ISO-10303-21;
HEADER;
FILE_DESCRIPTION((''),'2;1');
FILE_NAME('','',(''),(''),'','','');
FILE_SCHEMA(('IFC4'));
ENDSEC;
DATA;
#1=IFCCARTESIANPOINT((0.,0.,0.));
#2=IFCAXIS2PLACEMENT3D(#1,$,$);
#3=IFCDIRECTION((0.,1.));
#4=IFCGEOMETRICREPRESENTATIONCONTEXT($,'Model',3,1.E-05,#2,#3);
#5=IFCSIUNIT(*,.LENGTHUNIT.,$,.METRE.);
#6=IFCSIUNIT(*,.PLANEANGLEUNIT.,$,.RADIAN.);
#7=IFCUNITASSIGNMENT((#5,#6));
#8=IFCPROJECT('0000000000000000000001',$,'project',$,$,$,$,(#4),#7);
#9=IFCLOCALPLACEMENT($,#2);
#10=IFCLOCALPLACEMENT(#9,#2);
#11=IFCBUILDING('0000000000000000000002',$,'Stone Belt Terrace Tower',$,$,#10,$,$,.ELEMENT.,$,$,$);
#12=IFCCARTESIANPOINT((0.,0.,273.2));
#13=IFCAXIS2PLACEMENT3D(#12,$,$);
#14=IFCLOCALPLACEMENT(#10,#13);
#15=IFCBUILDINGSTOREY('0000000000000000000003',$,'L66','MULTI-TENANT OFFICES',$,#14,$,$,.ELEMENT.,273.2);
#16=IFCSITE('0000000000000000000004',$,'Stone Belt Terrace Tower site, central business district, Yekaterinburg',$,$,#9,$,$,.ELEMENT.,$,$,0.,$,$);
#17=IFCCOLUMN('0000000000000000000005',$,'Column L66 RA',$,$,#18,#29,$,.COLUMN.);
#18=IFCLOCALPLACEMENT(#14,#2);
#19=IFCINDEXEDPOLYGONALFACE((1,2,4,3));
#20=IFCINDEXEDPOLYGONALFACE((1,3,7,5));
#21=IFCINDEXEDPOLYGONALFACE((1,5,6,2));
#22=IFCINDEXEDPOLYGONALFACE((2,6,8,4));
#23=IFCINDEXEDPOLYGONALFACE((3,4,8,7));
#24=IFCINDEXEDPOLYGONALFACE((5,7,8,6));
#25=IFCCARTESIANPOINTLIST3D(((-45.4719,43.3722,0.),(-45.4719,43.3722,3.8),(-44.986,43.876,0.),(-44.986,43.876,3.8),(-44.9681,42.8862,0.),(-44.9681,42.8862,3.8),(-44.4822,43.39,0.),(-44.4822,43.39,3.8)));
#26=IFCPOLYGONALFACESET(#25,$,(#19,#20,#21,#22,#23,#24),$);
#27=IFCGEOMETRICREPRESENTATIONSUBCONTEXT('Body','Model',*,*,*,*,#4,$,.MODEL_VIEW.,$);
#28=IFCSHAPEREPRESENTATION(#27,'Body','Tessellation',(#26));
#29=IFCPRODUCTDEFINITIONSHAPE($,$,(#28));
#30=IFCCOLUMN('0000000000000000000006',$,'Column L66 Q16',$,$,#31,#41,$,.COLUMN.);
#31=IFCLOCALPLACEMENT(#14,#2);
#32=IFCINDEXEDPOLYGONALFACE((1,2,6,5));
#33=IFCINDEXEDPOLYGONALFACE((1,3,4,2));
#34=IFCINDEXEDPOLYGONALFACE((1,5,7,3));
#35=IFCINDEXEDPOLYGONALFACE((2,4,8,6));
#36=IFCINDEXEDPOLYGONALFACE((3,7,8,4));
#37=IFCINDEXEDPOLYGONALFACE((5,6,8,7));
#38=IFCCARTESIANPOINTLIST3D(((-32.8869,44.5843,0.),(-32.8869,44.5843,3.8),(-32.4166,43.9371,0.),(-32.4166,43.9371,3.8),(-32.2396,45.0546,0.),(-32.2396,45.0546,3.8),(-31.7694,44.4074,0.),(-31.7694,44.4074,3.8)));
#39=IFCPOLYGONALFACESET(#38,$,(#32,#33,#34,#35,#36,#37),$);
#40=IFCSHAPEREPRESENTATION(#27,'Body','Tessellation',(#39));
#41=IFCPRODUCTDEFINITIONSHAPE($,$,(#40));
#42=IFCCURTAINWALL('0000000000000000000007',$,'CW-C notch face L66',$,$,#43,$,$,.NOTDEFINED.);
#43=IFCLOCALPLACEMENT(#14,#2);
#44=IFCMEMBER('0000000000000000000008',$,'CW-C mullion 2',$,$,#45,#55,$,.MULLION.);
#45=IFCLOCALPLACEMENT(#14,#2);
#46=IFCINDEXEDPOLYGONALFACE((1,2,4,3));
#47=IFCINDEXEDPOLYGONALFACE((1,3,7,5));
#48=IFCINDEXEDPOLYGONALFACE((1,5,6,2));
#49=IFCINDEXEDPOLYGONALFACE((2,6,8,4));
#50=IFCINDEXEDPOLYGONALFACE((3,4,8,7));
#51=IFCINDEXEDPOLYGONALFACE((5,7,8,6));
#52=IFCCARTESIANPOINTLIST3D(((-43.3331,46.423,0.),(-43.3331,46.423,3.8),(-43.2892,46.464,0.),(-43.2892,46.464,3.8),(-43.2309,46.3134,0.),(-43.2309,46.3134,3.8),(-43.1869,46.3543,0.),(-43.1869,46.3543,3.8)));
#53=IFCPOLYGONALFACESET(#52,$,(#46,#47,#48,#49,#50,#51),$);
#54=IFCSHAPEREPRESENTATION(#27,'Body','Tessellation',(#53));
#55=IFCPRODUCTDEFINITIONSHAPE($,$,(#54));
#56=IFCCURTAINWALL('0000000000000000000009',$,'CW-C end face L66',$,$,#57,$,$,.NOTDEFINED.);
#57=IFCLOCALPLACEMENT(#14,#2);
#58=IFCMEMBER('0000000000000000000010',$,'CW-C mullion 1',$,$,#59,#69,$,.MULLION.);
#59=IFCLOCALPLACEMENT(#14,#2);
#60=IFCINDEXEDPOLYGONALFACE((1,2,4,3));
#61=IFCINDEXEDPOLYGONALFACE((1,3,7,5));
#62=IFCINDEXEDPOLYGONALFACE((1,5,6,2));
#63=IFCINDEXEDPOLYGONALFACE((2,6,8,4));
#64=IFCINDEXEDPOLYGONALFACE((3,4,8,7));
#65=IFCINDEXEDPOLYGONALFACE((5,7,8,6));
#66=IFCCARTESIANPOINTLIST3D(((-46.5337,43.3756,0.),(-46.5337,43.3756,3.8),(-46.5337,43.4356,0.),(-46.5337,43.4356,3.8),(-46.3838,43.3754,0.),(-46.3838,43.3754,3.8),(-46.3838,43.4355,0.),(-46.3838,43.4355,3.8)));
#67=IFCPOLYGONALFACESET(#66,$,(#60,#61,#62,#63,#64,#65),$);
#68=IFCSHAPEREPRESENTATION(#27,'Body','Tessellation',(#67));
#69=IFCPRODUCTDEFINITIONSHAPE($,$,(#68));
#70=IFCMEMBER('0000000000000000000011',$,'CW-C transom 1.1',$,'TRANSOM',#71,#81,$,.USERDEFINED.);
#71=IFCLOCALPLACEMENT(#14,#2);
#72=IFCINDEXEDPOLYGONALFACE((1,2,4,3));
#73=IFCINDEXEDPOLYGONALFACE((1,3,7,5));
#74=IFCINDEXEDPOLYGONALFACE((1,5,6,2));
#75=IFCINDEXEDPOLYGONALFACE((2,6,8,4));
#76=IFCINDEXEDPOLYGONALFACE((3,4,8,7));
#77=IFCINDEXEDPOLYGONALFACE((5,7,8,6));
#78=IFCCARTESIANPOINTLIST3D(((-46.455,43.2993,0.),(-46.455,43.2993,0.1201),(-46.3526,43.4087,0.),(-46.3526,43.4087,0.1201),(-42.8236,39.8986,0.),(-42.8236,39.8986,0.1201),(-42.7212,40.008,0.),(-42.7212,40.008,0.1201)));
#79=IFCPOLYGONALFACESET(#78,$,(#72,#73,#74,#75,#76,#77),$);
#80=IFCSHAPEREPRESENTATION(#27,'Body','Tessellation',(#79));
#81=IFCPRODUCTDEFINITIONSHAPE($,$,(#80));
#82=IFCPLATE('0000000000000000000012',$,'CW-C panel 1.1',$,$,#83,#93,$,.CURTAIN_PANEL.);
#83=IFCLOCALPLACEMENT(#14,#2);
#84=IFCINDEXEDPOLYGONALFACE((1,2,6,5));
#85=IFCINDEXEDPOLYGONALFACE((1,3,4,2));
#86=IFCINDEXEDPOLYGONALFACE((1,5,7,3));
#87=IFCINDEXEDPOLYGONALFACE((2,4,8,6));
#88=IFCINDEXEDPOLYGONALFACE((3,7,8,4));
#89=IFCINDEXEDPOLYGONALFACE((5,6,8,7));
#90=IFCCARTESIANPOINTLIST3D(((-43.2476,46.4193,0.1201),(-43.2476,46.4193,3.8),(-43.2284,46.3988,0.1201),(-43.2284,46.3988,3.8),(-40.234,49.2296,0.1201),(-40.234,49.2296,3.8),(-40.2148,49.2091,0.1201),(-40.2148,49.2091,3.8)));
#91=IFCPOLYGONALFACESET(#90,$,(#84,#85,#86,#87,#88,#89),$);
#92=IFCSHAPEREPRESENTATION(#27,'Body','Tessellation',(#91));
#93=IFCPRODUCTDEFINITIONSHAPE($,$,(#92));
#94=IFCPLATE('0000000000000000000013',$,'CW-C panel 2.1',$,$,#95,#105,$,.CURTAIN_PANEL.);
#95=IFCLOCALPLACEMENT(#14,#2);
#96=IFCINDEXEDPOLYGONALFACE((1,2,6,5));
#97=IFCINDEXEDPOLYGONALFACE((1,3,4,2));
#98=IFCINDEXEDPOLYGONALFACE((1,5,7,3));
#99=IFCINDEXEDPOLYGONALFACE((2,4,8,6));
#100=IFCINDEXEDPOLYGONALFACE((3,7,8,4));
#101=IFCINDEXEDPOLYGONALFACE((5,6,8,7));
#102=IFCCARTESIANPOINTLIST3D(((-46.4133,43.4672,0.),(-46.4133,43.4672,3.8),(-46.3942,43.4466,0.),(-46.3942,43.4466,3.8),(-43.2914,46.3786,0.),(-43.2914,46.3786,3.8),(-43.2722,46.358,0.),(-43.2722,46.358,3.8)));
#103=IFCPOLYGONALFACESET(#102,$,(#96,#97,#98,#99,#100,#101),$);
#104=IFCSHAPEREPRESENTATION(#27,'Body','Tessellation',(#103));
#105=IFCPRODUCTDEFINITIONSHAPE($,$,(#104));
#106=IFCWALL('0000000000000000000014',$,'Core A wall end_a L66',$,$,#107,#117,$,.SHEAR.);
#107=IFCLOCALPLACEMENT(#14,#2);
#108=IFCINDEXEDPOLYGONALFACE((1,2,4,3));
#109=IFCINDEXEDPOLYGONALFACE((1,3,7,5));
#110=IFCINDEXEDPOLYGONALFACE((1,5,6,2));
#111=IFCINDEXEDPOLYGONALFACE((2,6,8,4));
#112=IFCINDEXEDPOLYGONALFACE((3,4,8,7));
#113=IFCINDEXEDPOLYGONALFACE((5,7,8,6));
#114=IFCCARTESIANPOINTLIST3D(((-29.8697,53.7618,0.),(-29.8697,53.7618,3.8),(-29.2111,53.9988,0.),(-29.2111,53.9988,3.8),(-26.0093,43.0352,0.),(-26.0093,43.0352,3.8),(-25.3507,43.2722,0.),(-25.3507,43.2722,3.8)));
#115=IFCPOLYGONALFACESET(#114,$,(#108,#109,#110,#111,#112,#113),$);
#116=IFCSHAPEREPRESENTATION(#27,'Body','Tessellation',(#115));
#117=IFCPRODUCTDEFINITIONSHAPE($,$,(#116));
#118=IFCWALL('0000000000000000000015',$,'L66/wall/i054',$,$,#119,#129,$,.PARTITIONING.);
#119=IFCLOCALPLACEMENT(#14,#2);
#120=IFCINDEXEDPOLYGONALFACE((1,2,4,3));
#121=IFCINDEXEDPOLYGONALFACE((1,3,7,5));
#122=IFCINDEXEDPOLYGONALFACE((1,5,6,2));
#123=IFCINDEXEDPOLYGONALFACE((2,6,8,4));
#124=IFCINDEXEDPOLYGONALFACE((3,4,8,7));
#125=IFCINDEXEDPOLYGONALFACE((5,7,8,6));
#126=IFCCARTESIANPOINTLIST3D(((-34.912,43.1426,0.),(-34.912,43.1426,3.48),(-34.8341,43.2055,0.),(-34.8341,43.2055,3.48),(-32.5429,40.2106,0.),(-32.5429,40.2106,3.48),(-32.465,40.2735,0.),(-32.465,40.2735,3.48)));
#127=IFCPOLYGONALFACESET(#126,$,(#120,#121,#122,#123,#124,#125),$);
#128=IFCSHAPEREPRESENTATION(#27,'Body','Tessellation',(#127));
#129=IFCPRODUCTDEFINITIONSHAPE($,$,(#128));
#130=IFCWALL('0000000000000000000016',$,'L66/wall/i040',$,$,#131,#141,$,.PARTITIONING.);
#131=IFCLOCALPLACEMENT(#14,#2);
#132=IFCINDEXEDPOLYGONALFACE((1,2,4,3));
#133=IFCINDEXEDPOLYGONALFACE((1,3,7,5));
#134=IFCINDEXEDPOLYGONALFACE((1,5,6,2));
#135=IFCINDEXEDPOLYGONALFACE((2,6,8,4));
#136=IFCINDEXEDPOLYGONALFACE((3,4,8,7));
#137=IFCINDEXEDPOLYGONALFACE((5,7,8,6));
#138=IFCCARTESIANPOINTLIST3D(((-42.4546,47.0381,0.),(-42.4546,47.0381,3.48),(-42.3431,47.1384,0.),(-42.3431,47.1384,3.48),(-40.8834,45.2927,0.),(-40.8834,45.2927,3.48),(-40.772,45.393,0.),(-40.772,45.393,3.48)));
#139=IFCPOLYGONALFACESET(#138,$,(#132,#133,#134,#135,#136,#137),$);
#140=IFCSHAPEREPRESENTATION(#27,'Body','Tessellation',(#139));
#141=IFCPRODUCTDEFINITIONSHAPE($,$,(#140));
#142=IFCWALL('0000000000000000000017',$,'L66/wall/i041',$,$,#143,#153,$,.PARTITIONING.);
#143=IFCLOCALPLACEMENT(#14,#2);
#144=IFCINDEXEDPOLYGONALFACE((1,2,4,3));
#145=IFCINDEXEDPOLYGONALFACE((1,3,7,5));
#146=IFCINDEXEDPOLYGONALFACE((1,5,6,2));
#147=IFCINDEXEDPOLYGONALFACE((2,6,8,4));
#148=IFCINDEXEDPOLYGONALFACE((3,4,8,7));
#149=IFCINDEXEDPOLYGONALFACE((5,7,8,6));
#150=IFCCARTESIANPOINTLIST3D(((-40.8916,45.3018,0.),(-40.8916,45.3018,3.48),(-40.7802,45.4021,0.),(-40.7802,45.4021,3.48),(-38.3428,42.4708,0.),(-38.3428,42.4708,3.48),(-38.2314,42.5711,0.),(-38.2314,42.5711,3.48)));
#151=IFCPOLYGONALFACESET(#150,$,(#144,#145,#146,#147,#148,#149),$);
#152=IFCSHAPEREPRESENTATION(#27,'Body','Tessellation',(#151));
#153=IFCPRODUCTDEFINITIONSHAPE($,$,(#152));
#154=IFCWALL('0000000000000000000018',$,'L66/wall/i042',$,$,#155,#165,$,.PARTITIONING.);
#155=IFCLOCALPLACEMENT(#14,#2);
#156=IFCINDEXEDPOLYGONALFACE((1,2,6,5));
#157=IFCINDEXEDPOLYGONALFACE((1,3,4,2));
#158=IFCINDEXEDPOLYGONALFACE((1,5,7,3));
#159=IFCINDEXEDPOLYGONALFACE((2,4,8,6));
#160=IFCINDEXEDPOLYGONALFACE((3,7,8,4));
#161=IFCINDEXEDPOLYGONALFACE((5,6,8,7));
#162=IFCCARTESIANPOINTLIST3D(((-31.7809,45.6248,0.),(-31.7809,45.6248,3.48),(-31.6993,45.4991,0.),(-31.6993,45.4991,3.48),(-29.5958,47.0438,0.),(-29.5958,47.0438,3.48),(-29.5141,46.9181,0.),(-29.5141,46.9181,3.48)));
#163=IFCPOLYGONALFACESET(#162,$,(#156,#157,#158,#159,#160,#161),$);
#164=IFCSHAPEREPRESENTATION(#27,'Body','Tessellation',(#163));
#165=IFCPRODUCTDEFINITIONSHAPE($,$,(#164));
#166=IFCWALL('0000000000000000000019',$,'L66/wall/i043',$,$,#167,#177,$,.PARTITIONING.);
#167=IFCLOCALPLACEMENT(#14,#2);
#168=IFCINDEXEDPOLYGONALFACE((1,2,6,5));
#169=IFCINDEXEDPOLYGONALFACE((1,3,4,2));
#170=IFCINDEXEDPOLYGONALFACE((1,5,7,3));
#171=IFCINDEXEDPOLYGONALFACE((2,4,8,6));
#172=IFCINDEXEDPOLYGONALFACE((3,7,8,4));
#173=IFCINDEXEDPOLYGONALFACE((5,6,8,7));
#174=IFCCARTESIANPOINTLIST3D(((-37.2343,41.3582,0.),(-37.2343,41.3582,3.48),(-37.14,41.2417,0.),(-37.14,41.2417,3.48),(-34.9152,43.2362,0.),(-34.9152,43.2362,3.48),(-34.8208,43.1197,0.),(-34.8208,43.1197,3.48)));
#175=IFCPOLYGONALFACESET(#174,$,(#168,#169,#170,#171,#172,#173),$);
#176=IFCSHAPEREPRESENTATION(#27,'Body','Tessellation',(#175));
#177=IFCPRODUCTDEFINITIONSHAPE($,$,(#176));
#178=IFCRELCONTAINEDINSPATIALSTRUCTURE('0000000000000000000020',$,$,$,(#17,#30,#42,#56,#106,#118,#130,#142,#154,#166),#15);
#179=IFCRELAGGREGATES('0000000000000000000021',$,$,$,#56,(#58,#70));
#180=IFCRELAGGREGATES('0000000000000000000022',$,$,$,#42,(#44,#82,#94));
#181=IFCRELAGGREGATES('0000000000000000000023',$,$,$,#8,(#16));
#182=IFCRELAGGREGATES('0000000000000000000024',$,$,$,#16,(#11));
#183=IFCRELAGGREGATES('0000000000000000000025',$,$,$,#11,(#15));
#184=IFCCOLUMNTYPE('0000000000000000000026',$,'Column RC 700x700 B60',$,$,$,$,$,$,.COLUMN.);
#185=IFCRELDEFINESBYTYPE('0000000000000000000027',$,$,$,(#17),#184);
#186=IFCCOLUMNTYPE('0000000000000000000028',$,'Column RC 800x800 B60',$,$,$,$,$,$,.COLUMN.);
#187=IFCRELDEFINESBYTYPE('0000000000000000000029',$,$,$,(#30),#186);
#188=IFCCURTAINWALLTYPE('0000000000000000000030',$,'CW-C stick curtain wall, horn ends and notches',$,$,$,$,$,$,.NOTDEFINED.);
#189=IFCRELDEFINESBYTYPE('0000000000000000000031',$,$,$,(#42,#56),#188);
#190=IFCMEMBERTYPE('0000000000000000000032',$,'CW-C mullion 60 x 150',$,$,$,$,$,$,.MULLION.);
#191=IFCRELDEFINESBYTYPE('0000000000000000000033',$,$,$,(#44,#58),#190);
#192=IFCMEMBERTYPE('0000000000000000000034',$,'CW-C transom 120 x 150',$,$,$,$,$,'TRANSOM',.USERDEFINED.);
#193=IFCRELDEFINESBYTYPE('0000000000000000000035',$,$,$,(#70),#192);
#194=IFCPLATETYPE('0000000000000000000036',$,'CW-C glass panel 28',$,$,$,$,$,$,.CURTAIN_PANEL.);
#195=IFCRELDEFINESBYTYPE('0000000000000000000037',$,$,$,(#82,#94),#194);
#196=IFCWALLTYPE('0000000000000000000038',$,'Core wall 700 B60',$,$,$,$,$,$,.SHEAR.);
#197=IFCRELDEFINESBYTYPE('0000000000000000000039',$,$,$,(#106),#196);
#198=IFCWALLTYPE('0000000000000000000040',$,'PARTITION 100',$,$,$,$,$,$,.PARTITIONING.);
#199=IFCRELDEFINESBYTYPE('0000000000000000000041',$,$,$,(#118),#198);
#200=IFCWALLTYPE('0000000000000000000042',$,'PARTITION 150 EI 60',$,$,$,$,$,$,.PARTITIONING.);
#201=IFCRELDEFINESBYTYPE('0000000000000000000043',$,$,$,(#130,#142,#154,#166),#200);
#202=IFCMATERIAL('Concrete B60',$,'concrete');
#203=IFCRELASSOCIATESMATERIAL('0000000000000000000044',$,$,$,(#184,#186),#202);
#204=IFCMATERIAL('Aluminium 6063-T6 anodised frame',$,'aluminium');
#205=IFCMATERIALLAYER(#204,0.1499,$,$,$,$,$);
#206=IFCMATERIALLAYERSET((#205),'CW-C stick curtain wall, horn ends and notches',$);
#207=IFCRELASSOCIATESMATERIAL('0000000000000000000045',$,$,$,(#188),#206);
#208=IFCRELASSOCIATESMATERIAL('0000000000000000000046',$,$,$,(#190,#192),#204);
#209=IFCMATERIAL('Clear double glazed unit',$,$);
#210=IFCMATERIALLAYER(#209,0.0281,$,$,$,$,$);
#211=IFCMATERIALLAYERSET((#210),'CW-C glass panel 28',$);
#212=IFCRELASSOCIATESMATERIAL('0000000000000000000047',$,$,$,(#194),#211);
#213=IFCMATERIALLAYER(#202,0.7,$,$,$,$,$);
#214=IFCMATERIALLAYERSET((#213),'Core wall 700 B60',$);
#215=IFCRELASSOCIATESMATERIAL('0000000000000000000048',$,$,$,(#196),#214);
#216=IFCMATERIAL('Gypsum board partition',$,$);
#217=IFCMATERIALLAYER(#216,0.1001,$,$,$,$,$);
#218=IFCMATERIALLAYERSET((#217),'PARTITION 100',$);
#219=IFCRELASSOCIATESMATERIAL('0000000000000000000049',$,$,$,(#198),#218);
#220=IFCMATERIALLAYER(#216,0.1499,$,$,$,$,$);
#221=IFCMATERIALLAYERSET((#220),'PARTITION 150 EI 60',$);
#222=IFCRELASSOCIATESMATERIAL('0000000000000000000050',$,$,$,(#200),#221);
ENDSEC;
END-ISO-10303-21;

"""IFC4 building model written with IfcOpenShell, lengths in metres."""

from ifc_helpers import new_model, si_unit, direction, frame, frame_2d, origin, origin_2d, place, context, subcontext, project, spatial, rectangle, extrude, material, layer, layer_set, material_profile, profile_set, type_object, element, aggregate, save


model = new_model("IFC4")

# Units and contexts
model_context = context("Model", 3, precision=1e-05, world=origin(), true_north=direction((0.0, 1.0)))
body_context = subcontext(model_context, "Body", "Model", "MODEL_VIEW")
ifc_project = project(units=[si_unit("LENGTHUNIT", "METRE"), si_unit("PLANEANGLEUNIT", "RADIAN")], contexts=[model_context])

# Site, building, storey
site_placement = place(None, origin())
site = spatial("IfcSite", under=ifc_project, at=site_placement, Name="Stone Belt Terrace Tower site, central business district, Yekaterinburg", CompositionType="ELEMENT", RefElevation=0.0)
building_placement = place(site_placement, origin())
building = spatial("IfcBuilding", under=site, at=building_placement, Name="Stone Belt Terrace Tower", CompositionType="ELEMENT")
storey_placement = place(building_placement, frame((0.0, 0.0, 273.2)))
storey = spatial("IfcBuildingStorey", under=building, at=storey_placement, Name="L66", Description="MULTI-TENANT OFFICES", CompositionType="ELEMENT", Elevation=273.2)

# Columns
ifc_material_1 = material(Name="Concrete B60", Category="concrete")
ifc_material_profile_1 = material_profile(ifc_material_1, rectangle(XDim=0.7, YDim=0.7, at=origin_2d()), Name="RC 700x700")
ifc_profile_set_1 = profile_set([ifc_material_profile_1], Name="Concrete B60")
column_type_1 = type_object("IfcColumnType", Name="Column RC 700x700 B60", PredefinedType="COLUMN", material=ifc_profile_set_1)
column_1_placement = place(storey_placement, frame((-44.9771, 43.3811, 0.0), z_axis=(0.0, 0.0, 1.0), x_axis=(0.694221, 0.719762, 0.0)))
element("IfcColumn", 1, at=column_1_placement, inside=storey, type_object=column_type_1, Name="Column L66 RA", PredefinedType="COLUMN", context=body_context, shape_type="SweptSolid", body=[
    extrude(rectangle(XDim=0.7, YDim=0.7, at=origin_2d()), origin(), (0.0, 0.0, 1.0), 3.8),
])
ifc_material_profile_2 = material_profile(ifc_material_1, rectangle(XDim=0.8, YDim=0.8, at=origin_2d()), Name="RC 800x800")
ifc_profile_set_2 = profile_set([ifc_material_profile_2], Name="Concrete B60")
column_type_2 = type_object("IfcColumnType", Name="Column RC 800x800 B60", PredefinedType="COLUMN", material=ifc_profile_set_2)
column_2_placement = place(storey_placement, frame((-32.3281, 44.4958, 0.0), z_axis=(0.0, 0.0, 1.0), x_axis=(0.809017, 0.587785, 0.0)))
element("IfcColumn", 2, at=column_2_placement, inside=storey, type_object=column_type_2, Name="Column L66 Q16", PredefinedType="COLUMN", context=body_context, shape_type="SweptSolid", body=[
    extrude(rectangle(XDim=0.8, YDim=0.8, at=origin_2d()), origin(), (0.0, 0.0, 1.0), 3.8),
])

# Curtain wall, member
ifc_material_2 = material(Name="Aluminium 6063-T6 anodised frame", Category="aluminium")
ifc_layer_1 = layer(ifc_material_2, 0.1499)
ifc_layer_set_1 = layer_set([ifc_layer_1], Name="CW-C stick curtain wall, horn ends and notches")
curtain_wall_type = type_object("IfcCurtainWallType", Name="CW-C stick curtain wall, horn ends and notches", PredefinedType="NOTDEFINED", material=ifc_layer_set_1)
curtain_wall_1_placement = place(storey_placement, origin())
curtain_wall_1 = element("IfcCurtainWall", 3, at=curtain_wall_1_placement, inside=storey, type_object=curtain_wall_type, Name="CW-C notch face L66", PredefinedType="NOTDEFINED")
ifc_material_profile_3 = material_profile(ifc_material_2, rectangle(XDim=0.1499, YDim=0.0601, at=origin_2d()), Name="Aluminium 6063-T6 60x150")
ifc_profile_set_3 = profile_set([ifc_material_profile_3], Name="Aluminium 6063-T6 anodised frame")
member_type_1 = type_object("IfcMemberType", Name="CW-C mullion 60 x 150", PredefinedType="MULLION", material=ifc_profile_set_3)
member_1_placement = place(storey_placement, frame((-43.26, 46.3887, 0.0), z_axis=(0.0, 0.0, 1.0), x_axis=(0.682014, -0.731339, 0.0)))
member_1 = element("IfcMember", 4, at=member_1_placement, type_object=member_type_1, Name="CW-C mullion 2", PredefinedType="MULLION", context=body_context, shape_type="SweptSolid", body=[
    extrude(rectangle(XDim=0.1499, YDim=0.0601, at=origin_2d()), origin(), (0.0, 0.0, 1.0), 3.8),
])

# Curtain wall, members
curtain_wall_2_placement = place(storey_placement, origin())
curtain_wall_2 = element("IfcCurtainWall", 5, at=curtain_wall_2_placement, inside=storey, type_object=curtain_wall_type, Name="CW-C end face L66", PredefinedType="NOTDEFINED")
member_2_placement = place(storey_placement, frame((-46.4587, 43.4055, 0.0), z_axis=(0.0, 0.0, 1.0), x_axis=(0.999999, -0.001051, 0.0)))
member_2 = element("IfcMember", 6, at=member_2_placement, type_object=member_type_1, Name="CW-C mullion 1", PredefinedType="MULLION", context=body_context, shape_type="SweptSolid", body=[
    extrude(rectangle(XDim=0.1499, YDim=0.0601, at=origin_2d()), origin(), (0.0, 0.0, 1.0), 3.8),
])
ifc_material_profile_4 = material_profile(ifc_material_2, rectangle(XDim=0.1499, YDim=0.1201, at=origin_2d()), Name="Aluminium 6063-T6 150x120")
ifc_profile_set_4 = profile_set([ifc_material_profile_4], Name="Aluminium 6063-T6 anodised frame")
member_type_2 = type_object("IfcMemberType", Name="CW-C transom 120 x 150", ElementType="TRANSOM", PredefinedType="USERDEFINED", material=ifc_profile_set_4)
member_3_placement = place(storey_placement, frame((-46.4038, 43.354, 0.0601), z_axis=(0.729914, -0.683539, 0.0), x_axis=(0.683539, 0.729914, 0.0)))
member_3 = element("IfcMember", 7, at=member_3_placement, type_object=member_type_2, Name="CW-C transom 1.1", ObjectType="TRANSOM", PredefinedType="USERDEFINED", context=body_context, shape_type="SweptSolid", body=[
    extrude(rectangle(XDim=0.1499, YDim=0.1201, at=origin_2d()), origin(), (0.0, 0.0, 1.0), 4.9751),
])
aggregate(curtain_wall_2, [member_2, member_3])

# Plates
ifc_material_3 = material(Name="Clear double glazed unit")
ifc_layer_2 = layer(ifc_material_3, 0.0281)
ifc_layer_set_2 = layer_set([ifc_layer_2], Name="CW-C glass panel 28")
plate_type = type_object("IfcPlateType", Name="CW-C glass panel 28", PredefinedType="CURTAIN_PANEL", material=ifc_layer_set_2)
plate_1_placement = place(storey_placement, frame((-41.7312, 47.8142, 0.1201), z_axis=(0.0, 0.0, 1.0), x_axis=(-0.731339, -0.682014, 0.0)))
plate_1 = element("IfcPlate", 8, at=plate_1_placement, type_object=plate_type, Name="CW-C panel 1.1", PredefinedType="CURTAIN_PANEL", context=body_context, shape_type="SweptSolid", body=[
    extrude(rectangle(XDim=4.1206, YDim=0.0281, at=origin_2d()), origin(), (0.0, 0.0, 1.0), 3.6799),
])
plate_2_placement = place(storey_placement, frame((-44.8428, 44.9126, 0.0), z_axis=(0.0, 0.0, 1.0), x_axis=(-0.731339, -0.682014, 0.0)))
plate_2 = element("IfcPlate", 9, at=plate_2_placement, type_object=plate_type, Name="CW-C panel 2.1", PredefinedType="CURTAIN_PANEL", context=body_context, shape_type="SweptSolid", body=[
    extrude(rectangle(XDim=4.2688, YDim=0.0281, at=origin_2d()), origin(), (0.0, 0.0, 1.0), 3.8),
])
aggregate(curtain_wall_1, [member_1, plate_1, plate_2])

# Walls
ifc_layer_3 = layer(ifc_material_1, 0.7)
ifc_layer_set_3 = layer_set([ifc_layer_3], Name="Core wall 700 B60")
wall_type_1 = type_object("IfcWallType", Name="Core wall 700 B60", PredefinedType="SHEAR", material=ifc_layer_set_3)
wall_1_placement = place(storey_placement, frame((-25.6799, 43.1536, 0.0), z_axis=(0.0, 0.0, 1.0), x_axis=(-0.338625, 0.940921, 0.0)))
element("IfcWall", 10, at=wall_1_placement, inside=storey, type_object=wall_type_1, Name="Core A wall end_a L66", PredefinedType="SHEAR", context=body_context, shape_type="SweptSolid", body=[
    extrude(rectangle(XDim=11.4001, YDim=0.7, at=frame_2d((5.7002, 0.0))), origin(), (0.0, 0.0, 1.0), 3.8),
])
ifc_material_4 = material(Name="Gypsum board partition")
ifc_layer_4 = layer(ifc_material_4, 0.1001)
ifc_layer_set_4 = layer_set([ifc_layer_4], Name="PARTITION 100")
wall_type_2 = type_object("IfcWallType", Name="PARTITION 100", PredefinedType="PARTITIONING", material=ifc_layer_set_4)
wall_2_placement = place(storey_placement, frame((-34.873, 43.1741, 0.0), z_axis=(0.0, 0.0, 1.0), x_axis=(0.628479, -0.777827, 0.0)))
element("IfcWall", 11, at=wall_2_placement, inside=storey, type_object=wall_type_2, Name="L66/wall/i054", PredefinedType="PARTITIONING", context=body_context, shape_type="SweptSolid", body=[
    extrude(rectangle(XDim=3.7695, YDim=0.1001, at=frame_2d((1.8848, 0.0))), origin(), (0.0, 0.0, 1.0), 3.48),
])
ifc_layer_5 = layer(ifc_material_4, 0.1499)
ifc_layer_set_5 = layer_set([ifc_layer_5], Name="PARTITION 150 EI 60")
wall_type_3 = type_object("IfcWallType", Name="PARTITION 150 EI 60", PredefinedType="PARTITIONING", material=ifc_layer_set_5)
wall_3_placement = place(storey_placement, frame((-42.3989, 47.0884, 0.0), z_axis=(0.0, 0.0, 1.0), x_axis=(0.669016, -0.743248, 0.0)))
element("IfcWall", 12, at=wall_3_placement, inside=storey, type_object=wall_type_3, Name="L66/wall/i040", PredefinedType="PARTITIONING", context=body_context, shape_type="SweptSolid", body=[
    extrude(rectangle(XDim=2.3484, YDim=0.1499, at=frame_2d((1.1743, 0.0))), origin(), (0.0, 0.0, 1.0), 3.48),
])
wall_4_placement = place(storey_placement, frame((-40.8359, 45.3521, 0.0), z_axis=(0.0, 0.0, 1.0), x_axis=(0.669092, -0.743179, 0.0)))
element("IfcWall", 13, at=wall_4_placement, inside=storey, type_object=wall_type_3, Name="L66/wall/i041", PredefinedType="PARTITIONING", context=body_context, shape_type="SweptSolid", body=[
    extrude(rectangle(XDim=3.8093, YDim=0.1499, at=frame_2d((1.9048, 0.0))), origin(), (0.0, 0.0, 1.0), 3.48),
])
wall_5_placement = place(storey_placement, frame((-29.5549, 46.981, 0.0), z_axis=(0.0, 0.0, 1.0), x_axis=(-0.838679, -0.544626, 0.0)))
element("IfcWall", 14, at=wall_5_placement, inside=storey, type_object=wall_type_3, Name="L66/wall/i042", PredefinedType="PARTITIONING", context=body_context, shape_type="SweptSolid", body=[
    extrude(rectangle(XDim=2.6055, YDim=0.1499, at=frame_2d((1.3027, 0.0))), origin(), (0.0, 0.0, 1.0), 3.48),
])
wall_6_placement = place(storey_placement, frame((-34.8679, 43.178, 0.0), z_axis=(0.0, 0.0, 1.0), x_axis=(-0.777152, -0.629314, 0.0)))
element("IfcWall", 15, at=wall_6_placement, inside=storey, type_object=wall_type_3, Name="L66/wall/i043", PredefinedType="PARTITIONING", context=body_context, shape_type="SweptSolid", body=[
    extrude(rectangle(XDim=2.9841, YDim=0.1499, at=frame_2d((1.4922, 0.0))), origin(), (0.0, 0.0, 1.0), 3.48),
])

save(model, "model.ifc")
